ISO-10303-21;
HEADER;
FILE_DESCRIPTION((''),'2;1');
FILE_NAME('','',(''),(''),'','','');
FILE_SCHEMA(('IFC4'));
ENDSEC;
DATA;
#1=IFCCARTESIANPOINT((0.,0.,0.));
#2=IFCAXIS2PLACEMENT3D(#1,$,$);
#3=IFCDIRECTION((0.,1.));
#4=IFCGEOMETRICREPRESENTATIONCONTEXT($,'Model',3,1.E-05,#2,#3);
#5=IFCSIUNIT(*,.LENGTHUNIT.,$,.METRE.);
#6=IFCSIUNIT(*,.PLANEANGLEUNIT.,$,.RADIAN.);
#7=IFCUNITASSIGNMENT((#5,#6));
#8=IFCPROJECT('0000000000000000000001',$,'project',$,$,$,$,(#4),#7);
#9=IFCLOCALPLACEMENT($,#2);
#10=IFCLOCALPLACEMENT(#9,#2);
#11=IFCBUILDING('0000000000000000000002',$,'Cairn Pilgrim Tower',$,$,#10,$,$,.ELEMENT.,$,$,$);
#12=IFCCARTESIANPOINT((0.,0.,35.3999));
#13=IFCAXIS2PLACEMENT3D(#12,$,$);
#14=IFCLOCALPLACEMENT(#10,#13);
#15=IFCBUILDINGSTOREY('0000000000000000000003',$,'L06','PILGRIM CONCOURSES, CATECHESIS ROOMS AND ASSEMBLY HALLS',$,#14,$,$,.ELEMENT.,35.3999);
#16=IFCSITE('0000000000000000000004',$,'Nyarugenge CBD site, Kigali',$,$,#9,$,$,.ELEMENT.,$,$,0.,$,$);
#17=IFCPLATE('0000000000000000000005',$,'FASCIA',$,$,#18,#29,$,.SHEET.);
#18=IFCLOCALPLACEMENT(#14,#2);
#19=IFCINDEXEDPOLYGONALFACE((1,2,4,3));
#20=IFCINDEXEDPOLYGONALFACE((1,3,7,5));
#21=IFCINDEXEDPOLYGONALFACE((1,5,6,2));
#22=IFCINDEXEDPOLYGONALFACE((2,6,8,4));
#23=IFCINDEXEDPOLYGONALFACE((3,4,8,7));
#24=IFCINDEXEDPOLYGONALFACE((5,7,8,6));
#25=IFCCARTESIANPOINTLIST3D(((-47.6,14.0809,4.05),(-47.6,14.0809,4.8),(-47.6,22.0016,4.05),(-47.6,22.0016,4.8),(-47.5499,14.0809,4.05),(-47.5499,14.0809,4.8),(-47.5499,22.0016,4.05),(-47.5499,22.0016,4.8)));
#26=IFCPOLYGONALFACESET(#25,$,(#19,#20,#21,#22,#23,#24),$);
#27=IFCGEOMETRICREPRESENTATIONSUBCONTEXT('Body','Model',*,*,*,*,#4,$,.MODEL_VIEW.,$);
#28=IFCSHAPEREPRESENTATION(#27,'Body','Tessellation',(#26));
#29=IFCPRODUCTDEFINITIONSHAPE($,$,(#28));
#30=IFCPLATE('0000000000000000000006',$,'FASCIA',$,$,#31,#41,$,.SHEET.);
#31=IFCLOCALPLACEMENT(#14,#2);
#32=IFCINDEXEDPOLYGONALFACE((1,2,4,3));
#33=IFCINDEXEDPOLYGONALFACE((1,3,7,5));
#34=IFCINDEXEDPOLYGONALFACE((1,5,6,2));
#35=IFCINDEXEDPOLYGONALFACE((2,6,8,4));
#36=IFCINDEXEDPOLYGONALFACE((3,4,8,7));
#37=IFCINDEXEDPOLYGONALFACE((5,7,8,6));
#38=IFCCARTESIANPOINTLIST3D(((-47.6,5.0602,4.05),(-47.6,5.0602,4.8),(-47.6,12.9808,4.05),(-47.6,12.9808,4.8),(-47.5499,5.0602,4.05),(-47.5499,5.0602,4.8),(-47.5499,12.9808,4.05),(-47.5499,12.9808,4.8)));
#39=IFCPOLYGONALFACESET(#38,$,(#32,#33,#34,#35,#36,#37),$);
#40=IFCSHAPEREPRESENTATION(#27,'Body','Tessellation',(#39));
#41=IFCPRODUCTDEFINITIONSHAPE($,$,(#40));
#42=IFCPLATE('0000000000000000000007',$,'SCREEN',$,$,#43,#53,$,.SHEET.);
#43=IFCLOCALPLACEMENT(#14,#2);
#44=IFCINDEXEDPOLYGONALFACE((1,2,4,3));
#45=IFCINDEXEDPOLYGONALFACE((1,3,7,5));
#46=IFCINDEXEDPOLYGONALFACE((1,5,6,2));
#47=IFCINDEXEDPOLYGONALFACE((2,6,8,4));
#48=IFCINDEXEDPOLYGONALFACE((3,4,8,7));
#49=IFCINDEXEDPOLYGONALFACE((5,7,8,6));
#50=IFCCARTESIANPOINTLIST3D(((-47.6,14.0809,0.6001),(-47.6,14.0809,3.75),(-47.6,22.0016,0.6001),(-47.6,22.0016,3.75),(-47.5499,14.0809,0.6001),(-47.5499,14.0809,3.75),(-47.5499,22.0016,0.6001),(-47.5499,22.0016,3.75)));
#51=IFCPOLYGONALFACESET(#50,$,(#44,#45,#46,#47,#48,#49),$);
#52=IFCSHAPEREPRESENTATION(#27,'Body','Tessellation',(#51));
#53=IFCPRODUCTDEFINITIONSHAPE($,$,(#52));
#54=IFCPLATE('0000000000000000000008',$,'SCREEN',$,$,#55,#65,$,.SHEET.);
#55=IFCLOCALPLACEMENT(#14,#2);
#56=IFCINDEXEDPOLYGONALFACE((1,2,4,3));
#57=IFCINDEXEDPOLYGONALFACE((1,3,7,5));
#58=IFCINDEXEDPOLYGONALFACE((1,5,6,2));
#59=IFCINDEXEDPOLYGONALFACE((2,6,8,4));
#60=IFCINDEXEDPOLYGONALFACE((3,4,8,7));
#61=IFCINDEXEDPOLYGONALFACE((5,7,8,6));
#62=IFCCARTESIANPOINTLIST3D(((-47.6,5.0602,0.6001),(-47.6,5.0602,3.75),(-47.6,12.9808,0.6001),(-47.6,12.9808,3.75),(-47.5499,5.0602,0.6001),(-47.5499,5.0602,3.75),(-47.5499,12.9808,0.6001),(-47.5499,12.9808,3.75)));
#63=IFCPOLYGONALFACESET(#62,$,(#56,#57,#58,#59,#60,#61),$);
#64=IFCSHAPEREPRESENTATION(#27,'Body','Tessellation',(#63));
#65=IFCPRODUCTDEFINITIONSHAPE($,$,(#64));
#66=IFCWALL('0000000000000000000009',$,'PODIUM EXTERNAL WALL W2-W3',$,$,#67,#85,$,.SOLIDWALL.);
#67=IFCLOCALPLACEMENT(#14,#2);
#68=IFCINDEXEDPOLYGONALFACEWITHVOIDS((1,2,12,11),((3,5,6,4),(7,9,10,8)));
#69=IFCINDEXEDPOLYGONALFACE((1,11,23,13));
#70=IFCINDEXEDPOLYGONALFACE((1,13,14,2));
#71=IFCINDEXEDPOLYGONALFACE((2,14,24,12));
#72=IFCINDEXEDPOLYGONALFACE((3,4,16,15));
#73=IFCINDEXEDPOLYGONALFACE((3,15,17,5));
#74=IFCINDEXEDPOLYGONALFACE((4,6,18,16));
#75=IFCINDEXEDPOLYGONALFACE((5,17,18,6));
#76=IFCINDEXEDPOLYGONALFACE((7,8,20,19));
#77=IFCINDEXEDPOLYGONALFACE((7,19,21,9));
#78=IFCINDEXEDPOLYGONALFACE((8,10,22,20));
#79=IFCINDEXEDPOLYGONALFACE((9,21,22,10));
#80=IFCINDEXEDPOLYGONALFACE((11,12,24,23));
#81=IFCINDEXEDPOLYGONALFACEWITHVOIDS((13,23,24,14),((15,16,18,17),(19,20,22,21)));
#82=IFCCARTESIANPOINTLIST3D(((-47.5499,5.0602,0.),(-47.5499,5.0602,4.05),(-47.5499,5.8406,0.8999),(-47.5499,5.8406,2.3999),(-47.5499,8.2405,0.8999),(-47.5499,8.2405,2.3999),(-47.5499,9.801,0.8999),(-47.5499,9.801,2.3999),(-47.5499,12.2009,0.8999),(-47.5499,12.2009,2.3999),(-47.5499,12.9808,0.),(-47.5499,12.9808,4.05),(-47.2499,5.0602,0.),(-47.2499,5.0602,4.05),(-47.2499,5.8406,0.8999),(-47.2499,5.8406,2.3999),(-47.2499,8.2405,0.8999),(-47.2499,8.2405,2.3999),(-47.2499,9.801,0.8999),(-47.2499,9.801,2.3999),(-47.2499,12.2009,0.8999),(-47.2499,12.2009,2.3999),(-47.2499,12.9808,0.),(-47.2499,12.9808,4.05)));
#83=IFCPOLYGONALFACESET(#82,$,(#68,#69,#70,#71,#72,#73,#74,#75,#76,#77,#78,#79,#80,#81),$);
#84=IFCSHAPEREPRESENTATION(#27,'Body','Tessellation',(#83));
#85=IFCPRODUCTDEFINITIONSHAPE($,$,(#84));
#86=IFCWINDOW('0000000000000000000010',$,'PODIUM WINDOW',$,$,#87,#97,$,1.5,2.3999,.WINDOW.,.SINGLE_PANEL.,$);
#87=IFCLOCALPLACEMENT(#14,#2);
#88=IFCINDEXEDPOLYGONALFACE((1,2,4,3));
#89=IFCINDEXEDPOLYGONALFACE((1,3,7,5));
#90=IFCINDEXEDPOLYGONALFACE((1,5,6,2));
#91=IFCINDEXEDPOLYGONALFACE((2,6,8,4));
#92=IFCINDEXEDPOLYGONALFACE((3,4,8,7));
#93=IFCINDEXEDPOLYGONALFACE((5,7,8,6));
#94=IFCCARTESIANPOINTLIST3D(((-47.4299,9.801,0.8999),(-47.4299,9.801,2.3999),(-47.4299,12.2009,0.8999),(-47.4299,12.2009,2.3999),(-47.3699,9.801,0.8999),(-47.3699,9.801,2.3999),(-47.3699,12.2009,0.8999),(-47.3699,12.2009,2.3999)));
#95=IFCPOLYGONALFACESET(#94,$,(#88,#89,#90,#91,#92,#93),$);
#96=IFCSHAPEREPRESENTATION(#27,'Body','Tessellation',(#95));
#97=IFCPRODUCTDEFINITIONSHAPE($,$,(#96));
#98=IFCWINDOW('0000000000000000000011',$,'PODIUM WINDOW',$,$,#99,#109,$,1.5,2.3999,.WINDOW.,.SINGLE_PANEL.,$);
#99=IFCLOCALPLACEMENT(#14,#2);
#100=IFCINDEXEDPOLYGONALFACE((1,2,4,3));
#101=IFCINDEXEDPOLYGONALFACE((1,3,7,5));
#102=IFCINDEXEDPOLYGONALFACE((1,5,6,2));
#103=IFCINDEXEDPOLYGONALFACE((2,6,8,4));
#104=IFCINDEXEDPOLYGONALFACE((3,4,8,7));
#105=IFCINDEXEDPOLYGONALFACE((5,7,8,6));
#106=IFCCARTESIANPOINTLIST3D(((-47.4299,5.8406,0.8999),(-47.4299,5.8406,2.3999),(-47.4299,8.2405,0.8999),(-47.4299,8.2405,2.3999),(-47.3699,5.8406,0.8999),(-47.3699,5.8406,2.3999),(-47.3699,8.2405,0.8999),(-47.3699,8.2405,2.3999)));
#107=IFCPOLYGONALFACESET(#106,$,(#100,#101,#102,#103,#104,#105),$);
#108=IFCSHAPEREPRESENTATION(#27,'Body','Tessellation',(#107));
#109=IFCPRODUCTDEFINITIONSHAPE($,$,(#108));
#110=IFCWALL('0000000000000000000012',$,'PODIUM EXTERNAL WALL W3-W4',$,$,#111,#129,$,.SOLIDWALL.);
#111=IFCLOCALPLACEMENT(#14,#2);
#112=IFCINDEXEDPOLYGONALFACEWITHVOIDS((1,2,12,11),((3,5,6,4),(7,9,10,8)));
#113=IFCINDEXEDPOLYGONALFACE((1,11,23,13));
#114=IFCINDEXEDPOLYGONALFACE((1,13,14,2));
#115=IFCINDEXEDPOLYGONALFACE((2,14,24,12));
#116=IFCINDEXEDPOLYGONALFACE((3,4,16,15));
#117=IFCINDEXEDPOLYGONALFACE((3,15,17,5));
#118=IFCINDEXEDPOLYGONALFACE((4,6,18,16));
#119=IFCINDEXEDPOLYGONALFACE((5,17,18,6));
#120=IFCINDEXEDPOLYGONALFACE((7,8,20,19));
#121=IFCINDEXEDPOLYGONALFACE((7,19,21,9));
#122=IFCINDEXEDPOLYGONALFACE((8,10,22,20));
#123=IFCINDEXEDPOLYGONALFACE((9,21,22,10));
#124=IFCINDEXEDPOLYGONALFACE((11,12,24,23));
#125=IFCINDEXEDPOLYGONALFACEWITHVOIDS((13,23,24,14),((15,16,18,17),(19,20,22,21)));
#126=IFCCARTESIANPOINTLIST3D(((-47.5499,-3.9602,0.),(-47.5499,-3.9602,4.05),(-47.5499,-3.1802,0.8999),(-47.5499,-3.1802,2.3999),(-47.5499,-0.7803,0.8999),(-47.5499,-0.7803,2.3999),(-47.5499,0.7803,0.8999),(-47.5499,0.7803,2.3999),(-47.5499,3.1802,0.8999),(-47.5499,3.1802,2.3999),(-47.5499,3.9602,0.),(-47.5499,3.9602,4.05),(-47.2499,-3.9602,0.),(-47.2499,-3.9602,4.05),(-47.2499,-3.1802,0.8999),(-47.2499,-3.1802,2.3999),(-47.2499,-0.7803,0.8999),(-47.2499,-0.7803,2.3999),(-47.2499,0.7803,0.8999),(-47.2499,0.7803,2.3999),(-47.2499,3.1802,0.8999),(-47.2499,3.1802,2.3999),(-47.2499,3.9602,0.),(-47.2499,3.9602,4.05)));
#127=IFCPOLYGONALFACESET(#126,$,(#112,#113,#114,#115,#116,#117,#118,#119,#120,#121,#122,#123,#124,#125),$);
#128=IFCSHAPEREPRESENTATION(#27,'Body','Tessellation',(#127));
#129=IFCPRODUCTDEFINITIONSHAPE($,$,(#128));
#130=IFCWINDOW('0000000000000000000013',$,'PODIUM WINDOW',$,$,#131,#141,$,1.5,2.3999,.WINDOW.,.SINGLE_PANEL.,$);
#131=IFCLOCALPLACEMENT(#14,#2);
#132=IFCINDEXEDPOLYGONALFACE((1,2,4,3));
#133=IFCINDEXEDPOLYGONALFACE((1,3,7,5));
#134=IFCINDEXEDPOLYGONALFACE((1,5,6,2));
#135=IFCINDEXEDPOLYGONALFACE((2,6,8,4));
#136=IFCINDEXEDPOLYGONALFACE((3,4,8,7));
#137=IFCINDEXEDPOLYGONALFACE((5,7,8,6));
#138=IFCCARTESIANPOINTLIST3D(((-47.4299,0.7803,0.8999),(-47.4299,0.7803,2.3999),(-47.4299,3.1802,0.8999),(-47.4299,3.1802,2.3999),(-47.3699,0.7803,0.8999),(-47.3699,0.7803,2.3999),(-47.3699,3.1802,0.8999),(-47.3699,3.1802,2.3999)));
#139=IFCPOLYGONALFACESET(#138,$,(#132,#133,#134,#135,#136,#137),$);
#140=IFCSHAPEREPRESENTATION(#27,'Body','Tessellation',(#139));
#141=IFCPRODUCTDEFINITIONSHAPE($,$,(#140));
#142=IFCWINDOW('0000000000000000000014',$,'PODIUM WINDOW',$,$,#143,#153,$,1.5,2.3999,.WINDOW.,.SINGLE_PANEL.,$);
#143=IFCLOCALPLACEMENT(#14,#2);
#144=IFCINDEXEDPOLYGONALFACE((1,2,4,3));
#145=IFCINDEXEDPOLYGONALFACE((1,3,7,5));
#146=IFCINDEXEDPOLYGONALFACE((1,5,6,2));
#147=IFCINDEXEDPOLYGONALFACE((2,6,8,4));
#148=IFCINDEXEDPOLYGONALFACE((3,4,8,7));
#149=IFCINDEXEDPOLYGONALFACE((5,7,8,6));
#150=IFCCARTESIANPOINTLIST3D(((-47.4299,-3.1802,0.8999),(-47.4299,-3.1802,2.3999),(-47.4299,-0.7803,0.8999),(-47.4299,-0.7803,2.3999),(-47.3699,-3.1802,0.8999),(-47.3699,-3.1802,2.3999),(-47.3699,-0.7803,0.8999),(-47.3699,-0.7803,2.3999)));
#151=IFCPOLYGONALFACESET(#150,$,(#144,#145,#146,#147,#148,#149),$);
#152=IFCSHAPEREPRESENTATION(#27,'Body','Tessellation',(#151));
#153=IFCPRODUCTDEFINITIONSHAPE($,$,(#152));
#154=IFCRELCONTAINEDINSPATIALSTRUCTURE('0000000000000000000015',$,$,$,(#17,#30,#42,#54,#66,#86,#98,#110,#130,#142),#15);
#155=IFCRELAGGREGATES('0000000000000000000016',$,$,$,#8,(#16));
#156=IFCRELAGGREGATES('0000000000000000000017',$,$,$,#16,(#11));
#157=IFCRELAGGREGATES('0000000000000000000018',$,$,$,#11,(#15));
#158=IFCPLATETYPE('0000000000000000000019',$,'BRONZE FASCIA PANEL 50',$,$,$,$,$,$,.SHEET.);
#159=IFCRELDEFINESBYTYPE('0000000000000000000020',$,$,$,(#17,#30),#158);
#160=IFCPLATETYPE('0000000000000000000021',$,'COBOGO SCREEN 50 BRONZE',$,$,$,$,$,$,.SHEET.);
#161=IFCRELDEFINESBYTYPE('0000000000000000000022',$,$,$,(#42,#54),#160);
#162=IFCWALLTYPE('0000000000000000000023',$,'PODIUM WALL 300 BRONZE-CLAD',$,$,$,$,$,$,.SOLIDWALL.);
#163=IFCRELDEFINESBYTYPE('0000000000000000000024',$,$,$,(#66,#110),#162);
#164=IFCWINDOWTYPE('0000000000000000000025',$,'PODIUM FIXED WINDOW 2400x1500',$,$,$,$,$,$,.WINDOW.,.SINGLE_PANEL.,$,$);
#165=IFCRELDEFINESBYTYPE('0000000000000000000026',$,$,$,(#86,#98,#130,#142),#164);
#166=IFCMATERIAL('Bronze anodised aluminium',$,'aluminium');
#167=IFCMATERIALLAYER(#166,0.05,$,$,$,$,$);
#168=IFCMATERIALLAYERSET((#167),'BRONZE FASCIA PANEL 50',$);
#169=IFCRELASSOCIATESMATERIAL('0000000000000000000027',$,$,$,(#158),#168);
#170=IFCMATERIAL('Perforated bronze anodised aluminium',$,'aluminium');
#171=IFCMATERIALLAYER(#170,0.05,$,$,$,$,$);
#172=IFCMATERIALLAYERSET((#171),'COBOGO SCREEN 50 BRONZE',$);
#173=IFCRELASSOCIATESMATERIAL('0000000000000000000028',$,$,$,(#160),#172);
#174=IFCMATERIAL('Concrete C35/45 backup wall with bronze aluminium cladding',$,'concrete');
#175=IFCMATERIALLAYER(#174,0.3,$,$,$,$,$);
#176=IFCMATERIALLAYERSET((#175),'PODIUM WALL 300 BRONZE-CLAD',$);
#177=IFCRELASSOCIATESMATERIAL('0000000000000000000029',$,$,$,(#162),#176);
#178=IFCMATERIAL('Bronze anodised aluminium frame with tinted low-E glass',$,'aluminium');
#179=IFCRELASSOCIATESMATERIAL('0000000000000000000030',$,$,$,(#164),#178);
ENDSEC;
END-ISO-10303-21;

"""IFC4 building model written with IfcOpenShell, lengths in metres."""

from ifc_helpers import new_model, si_unit, direction, frame, frame_2d, origin, origin_2d, place, context, subcontext, project, spatial, rectangle, extrude, material, layer, layer_set, type_object, element, fill, save


model = new_model("IFC4")

# Units and contexts
model_context = context("Model", 3, precision=1e-05, world=origin(), true_north=direction((0.0, 1.0)))
body_context = subcontext(model_context, "Body", "Model", "MODEL_VIEW")
ifc_project = project(units=[si_unit("LENGTHUNIT", "METRE"), si_unit("PLANEANGLEUNIT", "RADIAN")], contexts=[model_context])

# Site, building, storey
site_placement = place(None, origin())
site = spatial("IfcSite", under=ifc_project, at=site_placement, Name="Nyarugenge CBD site, Kigali", CompositionType="ELEMENT", RefElevation=0.0)
building_placement = place(site_placement, origin())
building = spatial("IfcBuilding", under=site, at=building_placement, Name="Cairn Pilgrim Tower", CompositionType="ELEMENT")
storey_placement = place(building_placement, frame((0.0, 0.0, 35.3999)))
storey = spatial("IfcBuildingStorey", under=building, at=storey_placement, Name="L06", Description="PILGRIM CONCOURSES, CATECHESIS ROOMS AND ASSEMBLY HALLS", CompositionType="ELEMENT", Elevation=35.3999)

# Plates
ifc_material_1 = material(Name="Bronze anodised aluminium", Category="aluminium")
ifc_layer_1 = layer(ifc_material_1, 0.05)
ifc_layer_set_1 = layer_set([ifc_layer_1], Name="BRONZE FASCIA PANEL 50")
plate_type_1 = type_object("IfcPlateType", Name="BRONZE FASCIA PANEL 50", PredefinedType="SHEET", material=ifc_layer_set_1)
for number, where, z_axis, x_axis, name in (
    (1, (-47.575, 18.0413, 4.05), (0.0, 0.0, 1.0), (0.0, -1.0, 0.0), "FASCIA"),
    (2, (-47.575, 9.0205, 4.05), (0.0, 0.0, 1.0), (0.0, -1.0, 0.0), "FASCIA"),
):
    element("IfcPlate", number, at=place(storey_placement, frame(where, z_axis=z_axis, x_axis=x_axis)), inside=storey, type_object=plate_type_1, Name=name, PredefinedType="SHEET", context=body_context, shape_type="SweptSolid", body=[
        extrude(rectangle(XDim=7.9207, YDim=0.05, at=origin_2d()), origin(), (0.0, 0.0, 1.0), 0.75),
    ])
ifc_material_2 = material(Name="Perforated bronze anodised aluminium", Category="aluminium")
ifc_layer_2 = layer(ifc_material_2, 0.05)
ifc_layer_set_2 = layer_set([ifc_layer_2], Name="COBOGO SCREEN 50 BRONZE")
plate_type_2 = type_object("IfcPlateType", Name="COBOGO SCREEN 50 BRONZE", PredefinedType="SHEET", material=ifc_layer_set_2)
for number, where, z_axis, x_axis, name in (
    (3, (-47.575, 18.0413, 0.6001), (0.0, 0.0, 1.0), (0.0, -1.0, 0.0), "SCREEN"),
    (4, (-47.575, 9.0205, 0.6001), (0.0, 0.0, 1.0), (0.0, -1.0, 0.0), "SCREEN"),
):
    element("IfcPlate", number, at=place(storey_placement, frame(where, z_axis=z_axis, x_axis=x_axis)), inside=storey, type_object=plate_type_2, Name=name, PredefinedType="SHEET", context=body_context, shape_type="SweptSolid", body=[
        extrude(rectangle(XDim=7.9207, YDim=0.05, at=origin_2d()), origin(), (0.0, 0.0, 1.0), 3.1499),
    ])

# Walls, openings, windows
ifc_material_3 = material(Name="Concrete C35/45 backup wall with bronze aluminium cladding", Category="concrete")
ifc_layer_3 = layer(ifc_material_3, 0.3)
ifc_layer_set_3 = layer_set([ifc_layer_3], Name="PODIUM WALL 300 BRONZE-CLAD")
wall_type = type_object("IfcWallType", Name="PODIUM WALL 300 BRONZE-CLAD", PredefinedType="SOLIDWALL", material=ifc_layer_set_3)
wall_1_placement = place(storey_placement, frame((-47.3999, 12.981, 0.0), z_axis=(0.0, 0.0, 1.0), x_axis=(0.0, -1.0, 0.0)))
wall_1 = element("IfcWall", 5, at=wall_1_placement, inside=storey, type_object=wall_type, Name="PODIUM EXTERNAL WALL W2-W3", PredefinedType="SOLIDWALL", context=body_context, shape_type="SweptSolid", body=[
    extrude(rectangle(XDim=7.9207, YDim=0.3, at=frame_2d((3.9604, 0.0))), origin(), (0.0, 0.0, 1.0), 4.05),
])
opening_1_placement = place(wall_1_placement, frame((0.78, 0.0, 0.8999)))
opening_1 = element("IfcOpeningElement", 6, at=opening_1_placement, cuts=wall_1, PredefinedType="OPENING", context=body_context, shape_type="SweptSolid", body=[
    extrude(rectangle(XDim=2.3999, YDim=1.5, at=frame_2d((1.2, 0.75))), frame((0.0, 0.1602, 0.0), z_axis=(0.0, -1.0, 0.0), x_axis=(1.0, 0.0, 0.0)), (0.0, 0.0, 1.0), 0.3201),
])
opening_2_placement = place(wall_1_placement, frame((4.7405, 0.0, 0.8999)))
opening_2 = element("IfcOpeningElement", 7, at=opening_2_placement, cuts=wall_1, PredefinedType="OPENING", context=body_context, shape_type="SweptSolid", body=[
    extrude(rectangle(XDim=2.3999, YDim=1.5, at=frame_2d((1.2, 0.75))), frame((0.0, 0.1602, 0.0), z_axis=(0.0, -1.0, 0.0), x_axis=(1.0, 0.0, 0.0)), (0.0, 0.0, 1.0), 0.3201),
])
ifc_material_4 = material(Name="Bronze anodised aluminium frame with tinted low-E glass", Category="aluminium")
window_type = type_object("IfcWindowType", Name="PODIUM FIXED WINDOW 2400x1500", PartitioningType="SINGLE_PANEL", PredefinedType="WINDOW", material=ifc_material_4)
window_1_placement = place(opening_1_placement, origin())
window_1 = element("IfcWindow", 8, at=window_1_placement, inside=storey, type_object=window_type, Name="PODIUM WINDOW", OverallHeight=1.5, OverallWidth=2.3999, PartitioningType="SINGLE_PANEL", PredefinedType="WINDOW", context=body_context, shape_type="SweptSolid", body=[
    extrude(rectangle(XDim=2.3999, YDim=1.5, at=frame_2d((1.2, 0.75))), frame((0.0, 0.03, 0.0), z_axis=(0.0, -1.0, 0.0), x_axis=(1.0, 0.0, 0.0)), (0.0, 0.0, 1.0), 0.0601),
])
fill(opening_1, window_1)
window_2_placement = place(opening_2_placement, origin())
window_2 = element("IfcWindow", 9, at=window_2_placement, inside=storey, type_object=window_type, Name="PODIUM WINDOW", OverallHeight=1.5, OverallWidth=2.3999, PartitioningType="SINGLE_PANEL", PredefinedType="WINDOW", context=body_context, shape_type="SweptSolid", body=[
    extrude(rectangle(XDim=2.3999, YDim=1.5, at=frame_2d((1.2, 0.75))), frame((0.0, 0.03, 0.0), z_axis=(0.0, -1.0, 0.0), x_axis=(1.0, 0.0, 0.0)), (0.0, 0.0, 1.0), 0.0601),
])
fill(opening_2, window_2)
wall_2_placement = place(storey_placement, frame((-47.3999, 3.9602, 0.0), z_axis=(0.0, 0.0, 1.0), x_axis=(0.0, -1.0, 0.0)))
wall_2 = element("IfcWall", 10, at=wall_2_placement, inside=storey, type_object=wall_type, Name="PODIUM EXTERNAL WALL W3-W4", PredefinedType="SOLIDWALL", context=body_context, shape_type="SweptSolid", body=[
    extrude(rectangle(XDim=7.9204, YDim=0.3, at=frame_2d((3.9602, 0.0))), origin(), (0.0, 0.0, 1.0), 4.05),
])
opening_3_placement = place(wall_2_placement, frame((0.78, 0.0, 0.8999)))
opening_3 = element("IfcOpeningElement", 11, at=opening_3_placement, cuts=wall_2, PredefinedType="OPENING", context=body_context, shape_type="SweptSolid", body=[
    extrude(rectangle(XDim=2.3999, YDim=1.5, at=frame_2d((1.2, 0.75))), frame((0.0, 0.1602, 0.0), z_axis=(0.0, -1.0, 0.0), x_axis=(1.0, 0.0, 0.0)), (0.0, 0.0, 1.0), 0.3201),
])
opening_4_placement = place(wall_2_placement, frame((4.7405, 0.0, 0.8999)))
opening_4 = element("IfcOpeningElement", 12, at=opening_4_placement, cuts=wall_2, PredefinedType="OPENING", context=body_context, shape_type="SweptSolid", body=[
    extrude(rectangle(XDim=2.3999, YDim=1.5, at=frame_2d((1.2, 0.75))), frame((0.0, 0.1602, 0.0), z_axis=(0.0, -1.0, 0.0), x_axis=(1.0, 0.0, 0.0)), (0.0, 0.0, 1.0), 0.3201),
])
window_3_placement = place(opening_3_placement, origin())
window_3 = element("IfcWindow", 13, at=window_3_placement, inside=storey, type_object=window_type, Name="PODIUM WINDOW", OverallHeight=1.5, OverallWidth=2.3999, PartitioningType="SINGLE_PANEL", PredefinedType="WINDOW", context=body_context, shape_type="SweptSolid", body=[
    extrude(rectangle(XDim=2.3999, YDim=1.5, at=frame_2d((1.2, 0.75))), frame((0.0, 0.03, 0.0), z_axis=(0.0, -1.0, 0.0), x_axis=(1.0, 0.0, 0.0)), (0.0, 0.0, 1.0), 0.0601),
])
fill(opening_3, window_3)
window_4_placement = place(opening_4_placement, origin())
window_4 = element("IfcWindow", 14, at=window_4_placement, inside=storey, type_object=window_type, Name="PODIUM WINDOW", OverallHeight=1.5, OverallWidth=2.3999, PartitioningType="SINGLE_PANEL", PredefinedType="WINDOW", context=body_context, shape_type="SweptSolid", body=[
    extrude(rectangle(XDim=2.3999, YDim=1.5, at=frame_2d((1.2, 0.75))), frame((0.0, 0.03, 0.0), z_axis=(0.0, -1.0, 0.0), x_axis=(1.0, 0.0, 0.0)), (0.0, 0.0, 1.0), 0.0601),
])
fill(opening_4, window_4)

save(model, "model.ifc")
